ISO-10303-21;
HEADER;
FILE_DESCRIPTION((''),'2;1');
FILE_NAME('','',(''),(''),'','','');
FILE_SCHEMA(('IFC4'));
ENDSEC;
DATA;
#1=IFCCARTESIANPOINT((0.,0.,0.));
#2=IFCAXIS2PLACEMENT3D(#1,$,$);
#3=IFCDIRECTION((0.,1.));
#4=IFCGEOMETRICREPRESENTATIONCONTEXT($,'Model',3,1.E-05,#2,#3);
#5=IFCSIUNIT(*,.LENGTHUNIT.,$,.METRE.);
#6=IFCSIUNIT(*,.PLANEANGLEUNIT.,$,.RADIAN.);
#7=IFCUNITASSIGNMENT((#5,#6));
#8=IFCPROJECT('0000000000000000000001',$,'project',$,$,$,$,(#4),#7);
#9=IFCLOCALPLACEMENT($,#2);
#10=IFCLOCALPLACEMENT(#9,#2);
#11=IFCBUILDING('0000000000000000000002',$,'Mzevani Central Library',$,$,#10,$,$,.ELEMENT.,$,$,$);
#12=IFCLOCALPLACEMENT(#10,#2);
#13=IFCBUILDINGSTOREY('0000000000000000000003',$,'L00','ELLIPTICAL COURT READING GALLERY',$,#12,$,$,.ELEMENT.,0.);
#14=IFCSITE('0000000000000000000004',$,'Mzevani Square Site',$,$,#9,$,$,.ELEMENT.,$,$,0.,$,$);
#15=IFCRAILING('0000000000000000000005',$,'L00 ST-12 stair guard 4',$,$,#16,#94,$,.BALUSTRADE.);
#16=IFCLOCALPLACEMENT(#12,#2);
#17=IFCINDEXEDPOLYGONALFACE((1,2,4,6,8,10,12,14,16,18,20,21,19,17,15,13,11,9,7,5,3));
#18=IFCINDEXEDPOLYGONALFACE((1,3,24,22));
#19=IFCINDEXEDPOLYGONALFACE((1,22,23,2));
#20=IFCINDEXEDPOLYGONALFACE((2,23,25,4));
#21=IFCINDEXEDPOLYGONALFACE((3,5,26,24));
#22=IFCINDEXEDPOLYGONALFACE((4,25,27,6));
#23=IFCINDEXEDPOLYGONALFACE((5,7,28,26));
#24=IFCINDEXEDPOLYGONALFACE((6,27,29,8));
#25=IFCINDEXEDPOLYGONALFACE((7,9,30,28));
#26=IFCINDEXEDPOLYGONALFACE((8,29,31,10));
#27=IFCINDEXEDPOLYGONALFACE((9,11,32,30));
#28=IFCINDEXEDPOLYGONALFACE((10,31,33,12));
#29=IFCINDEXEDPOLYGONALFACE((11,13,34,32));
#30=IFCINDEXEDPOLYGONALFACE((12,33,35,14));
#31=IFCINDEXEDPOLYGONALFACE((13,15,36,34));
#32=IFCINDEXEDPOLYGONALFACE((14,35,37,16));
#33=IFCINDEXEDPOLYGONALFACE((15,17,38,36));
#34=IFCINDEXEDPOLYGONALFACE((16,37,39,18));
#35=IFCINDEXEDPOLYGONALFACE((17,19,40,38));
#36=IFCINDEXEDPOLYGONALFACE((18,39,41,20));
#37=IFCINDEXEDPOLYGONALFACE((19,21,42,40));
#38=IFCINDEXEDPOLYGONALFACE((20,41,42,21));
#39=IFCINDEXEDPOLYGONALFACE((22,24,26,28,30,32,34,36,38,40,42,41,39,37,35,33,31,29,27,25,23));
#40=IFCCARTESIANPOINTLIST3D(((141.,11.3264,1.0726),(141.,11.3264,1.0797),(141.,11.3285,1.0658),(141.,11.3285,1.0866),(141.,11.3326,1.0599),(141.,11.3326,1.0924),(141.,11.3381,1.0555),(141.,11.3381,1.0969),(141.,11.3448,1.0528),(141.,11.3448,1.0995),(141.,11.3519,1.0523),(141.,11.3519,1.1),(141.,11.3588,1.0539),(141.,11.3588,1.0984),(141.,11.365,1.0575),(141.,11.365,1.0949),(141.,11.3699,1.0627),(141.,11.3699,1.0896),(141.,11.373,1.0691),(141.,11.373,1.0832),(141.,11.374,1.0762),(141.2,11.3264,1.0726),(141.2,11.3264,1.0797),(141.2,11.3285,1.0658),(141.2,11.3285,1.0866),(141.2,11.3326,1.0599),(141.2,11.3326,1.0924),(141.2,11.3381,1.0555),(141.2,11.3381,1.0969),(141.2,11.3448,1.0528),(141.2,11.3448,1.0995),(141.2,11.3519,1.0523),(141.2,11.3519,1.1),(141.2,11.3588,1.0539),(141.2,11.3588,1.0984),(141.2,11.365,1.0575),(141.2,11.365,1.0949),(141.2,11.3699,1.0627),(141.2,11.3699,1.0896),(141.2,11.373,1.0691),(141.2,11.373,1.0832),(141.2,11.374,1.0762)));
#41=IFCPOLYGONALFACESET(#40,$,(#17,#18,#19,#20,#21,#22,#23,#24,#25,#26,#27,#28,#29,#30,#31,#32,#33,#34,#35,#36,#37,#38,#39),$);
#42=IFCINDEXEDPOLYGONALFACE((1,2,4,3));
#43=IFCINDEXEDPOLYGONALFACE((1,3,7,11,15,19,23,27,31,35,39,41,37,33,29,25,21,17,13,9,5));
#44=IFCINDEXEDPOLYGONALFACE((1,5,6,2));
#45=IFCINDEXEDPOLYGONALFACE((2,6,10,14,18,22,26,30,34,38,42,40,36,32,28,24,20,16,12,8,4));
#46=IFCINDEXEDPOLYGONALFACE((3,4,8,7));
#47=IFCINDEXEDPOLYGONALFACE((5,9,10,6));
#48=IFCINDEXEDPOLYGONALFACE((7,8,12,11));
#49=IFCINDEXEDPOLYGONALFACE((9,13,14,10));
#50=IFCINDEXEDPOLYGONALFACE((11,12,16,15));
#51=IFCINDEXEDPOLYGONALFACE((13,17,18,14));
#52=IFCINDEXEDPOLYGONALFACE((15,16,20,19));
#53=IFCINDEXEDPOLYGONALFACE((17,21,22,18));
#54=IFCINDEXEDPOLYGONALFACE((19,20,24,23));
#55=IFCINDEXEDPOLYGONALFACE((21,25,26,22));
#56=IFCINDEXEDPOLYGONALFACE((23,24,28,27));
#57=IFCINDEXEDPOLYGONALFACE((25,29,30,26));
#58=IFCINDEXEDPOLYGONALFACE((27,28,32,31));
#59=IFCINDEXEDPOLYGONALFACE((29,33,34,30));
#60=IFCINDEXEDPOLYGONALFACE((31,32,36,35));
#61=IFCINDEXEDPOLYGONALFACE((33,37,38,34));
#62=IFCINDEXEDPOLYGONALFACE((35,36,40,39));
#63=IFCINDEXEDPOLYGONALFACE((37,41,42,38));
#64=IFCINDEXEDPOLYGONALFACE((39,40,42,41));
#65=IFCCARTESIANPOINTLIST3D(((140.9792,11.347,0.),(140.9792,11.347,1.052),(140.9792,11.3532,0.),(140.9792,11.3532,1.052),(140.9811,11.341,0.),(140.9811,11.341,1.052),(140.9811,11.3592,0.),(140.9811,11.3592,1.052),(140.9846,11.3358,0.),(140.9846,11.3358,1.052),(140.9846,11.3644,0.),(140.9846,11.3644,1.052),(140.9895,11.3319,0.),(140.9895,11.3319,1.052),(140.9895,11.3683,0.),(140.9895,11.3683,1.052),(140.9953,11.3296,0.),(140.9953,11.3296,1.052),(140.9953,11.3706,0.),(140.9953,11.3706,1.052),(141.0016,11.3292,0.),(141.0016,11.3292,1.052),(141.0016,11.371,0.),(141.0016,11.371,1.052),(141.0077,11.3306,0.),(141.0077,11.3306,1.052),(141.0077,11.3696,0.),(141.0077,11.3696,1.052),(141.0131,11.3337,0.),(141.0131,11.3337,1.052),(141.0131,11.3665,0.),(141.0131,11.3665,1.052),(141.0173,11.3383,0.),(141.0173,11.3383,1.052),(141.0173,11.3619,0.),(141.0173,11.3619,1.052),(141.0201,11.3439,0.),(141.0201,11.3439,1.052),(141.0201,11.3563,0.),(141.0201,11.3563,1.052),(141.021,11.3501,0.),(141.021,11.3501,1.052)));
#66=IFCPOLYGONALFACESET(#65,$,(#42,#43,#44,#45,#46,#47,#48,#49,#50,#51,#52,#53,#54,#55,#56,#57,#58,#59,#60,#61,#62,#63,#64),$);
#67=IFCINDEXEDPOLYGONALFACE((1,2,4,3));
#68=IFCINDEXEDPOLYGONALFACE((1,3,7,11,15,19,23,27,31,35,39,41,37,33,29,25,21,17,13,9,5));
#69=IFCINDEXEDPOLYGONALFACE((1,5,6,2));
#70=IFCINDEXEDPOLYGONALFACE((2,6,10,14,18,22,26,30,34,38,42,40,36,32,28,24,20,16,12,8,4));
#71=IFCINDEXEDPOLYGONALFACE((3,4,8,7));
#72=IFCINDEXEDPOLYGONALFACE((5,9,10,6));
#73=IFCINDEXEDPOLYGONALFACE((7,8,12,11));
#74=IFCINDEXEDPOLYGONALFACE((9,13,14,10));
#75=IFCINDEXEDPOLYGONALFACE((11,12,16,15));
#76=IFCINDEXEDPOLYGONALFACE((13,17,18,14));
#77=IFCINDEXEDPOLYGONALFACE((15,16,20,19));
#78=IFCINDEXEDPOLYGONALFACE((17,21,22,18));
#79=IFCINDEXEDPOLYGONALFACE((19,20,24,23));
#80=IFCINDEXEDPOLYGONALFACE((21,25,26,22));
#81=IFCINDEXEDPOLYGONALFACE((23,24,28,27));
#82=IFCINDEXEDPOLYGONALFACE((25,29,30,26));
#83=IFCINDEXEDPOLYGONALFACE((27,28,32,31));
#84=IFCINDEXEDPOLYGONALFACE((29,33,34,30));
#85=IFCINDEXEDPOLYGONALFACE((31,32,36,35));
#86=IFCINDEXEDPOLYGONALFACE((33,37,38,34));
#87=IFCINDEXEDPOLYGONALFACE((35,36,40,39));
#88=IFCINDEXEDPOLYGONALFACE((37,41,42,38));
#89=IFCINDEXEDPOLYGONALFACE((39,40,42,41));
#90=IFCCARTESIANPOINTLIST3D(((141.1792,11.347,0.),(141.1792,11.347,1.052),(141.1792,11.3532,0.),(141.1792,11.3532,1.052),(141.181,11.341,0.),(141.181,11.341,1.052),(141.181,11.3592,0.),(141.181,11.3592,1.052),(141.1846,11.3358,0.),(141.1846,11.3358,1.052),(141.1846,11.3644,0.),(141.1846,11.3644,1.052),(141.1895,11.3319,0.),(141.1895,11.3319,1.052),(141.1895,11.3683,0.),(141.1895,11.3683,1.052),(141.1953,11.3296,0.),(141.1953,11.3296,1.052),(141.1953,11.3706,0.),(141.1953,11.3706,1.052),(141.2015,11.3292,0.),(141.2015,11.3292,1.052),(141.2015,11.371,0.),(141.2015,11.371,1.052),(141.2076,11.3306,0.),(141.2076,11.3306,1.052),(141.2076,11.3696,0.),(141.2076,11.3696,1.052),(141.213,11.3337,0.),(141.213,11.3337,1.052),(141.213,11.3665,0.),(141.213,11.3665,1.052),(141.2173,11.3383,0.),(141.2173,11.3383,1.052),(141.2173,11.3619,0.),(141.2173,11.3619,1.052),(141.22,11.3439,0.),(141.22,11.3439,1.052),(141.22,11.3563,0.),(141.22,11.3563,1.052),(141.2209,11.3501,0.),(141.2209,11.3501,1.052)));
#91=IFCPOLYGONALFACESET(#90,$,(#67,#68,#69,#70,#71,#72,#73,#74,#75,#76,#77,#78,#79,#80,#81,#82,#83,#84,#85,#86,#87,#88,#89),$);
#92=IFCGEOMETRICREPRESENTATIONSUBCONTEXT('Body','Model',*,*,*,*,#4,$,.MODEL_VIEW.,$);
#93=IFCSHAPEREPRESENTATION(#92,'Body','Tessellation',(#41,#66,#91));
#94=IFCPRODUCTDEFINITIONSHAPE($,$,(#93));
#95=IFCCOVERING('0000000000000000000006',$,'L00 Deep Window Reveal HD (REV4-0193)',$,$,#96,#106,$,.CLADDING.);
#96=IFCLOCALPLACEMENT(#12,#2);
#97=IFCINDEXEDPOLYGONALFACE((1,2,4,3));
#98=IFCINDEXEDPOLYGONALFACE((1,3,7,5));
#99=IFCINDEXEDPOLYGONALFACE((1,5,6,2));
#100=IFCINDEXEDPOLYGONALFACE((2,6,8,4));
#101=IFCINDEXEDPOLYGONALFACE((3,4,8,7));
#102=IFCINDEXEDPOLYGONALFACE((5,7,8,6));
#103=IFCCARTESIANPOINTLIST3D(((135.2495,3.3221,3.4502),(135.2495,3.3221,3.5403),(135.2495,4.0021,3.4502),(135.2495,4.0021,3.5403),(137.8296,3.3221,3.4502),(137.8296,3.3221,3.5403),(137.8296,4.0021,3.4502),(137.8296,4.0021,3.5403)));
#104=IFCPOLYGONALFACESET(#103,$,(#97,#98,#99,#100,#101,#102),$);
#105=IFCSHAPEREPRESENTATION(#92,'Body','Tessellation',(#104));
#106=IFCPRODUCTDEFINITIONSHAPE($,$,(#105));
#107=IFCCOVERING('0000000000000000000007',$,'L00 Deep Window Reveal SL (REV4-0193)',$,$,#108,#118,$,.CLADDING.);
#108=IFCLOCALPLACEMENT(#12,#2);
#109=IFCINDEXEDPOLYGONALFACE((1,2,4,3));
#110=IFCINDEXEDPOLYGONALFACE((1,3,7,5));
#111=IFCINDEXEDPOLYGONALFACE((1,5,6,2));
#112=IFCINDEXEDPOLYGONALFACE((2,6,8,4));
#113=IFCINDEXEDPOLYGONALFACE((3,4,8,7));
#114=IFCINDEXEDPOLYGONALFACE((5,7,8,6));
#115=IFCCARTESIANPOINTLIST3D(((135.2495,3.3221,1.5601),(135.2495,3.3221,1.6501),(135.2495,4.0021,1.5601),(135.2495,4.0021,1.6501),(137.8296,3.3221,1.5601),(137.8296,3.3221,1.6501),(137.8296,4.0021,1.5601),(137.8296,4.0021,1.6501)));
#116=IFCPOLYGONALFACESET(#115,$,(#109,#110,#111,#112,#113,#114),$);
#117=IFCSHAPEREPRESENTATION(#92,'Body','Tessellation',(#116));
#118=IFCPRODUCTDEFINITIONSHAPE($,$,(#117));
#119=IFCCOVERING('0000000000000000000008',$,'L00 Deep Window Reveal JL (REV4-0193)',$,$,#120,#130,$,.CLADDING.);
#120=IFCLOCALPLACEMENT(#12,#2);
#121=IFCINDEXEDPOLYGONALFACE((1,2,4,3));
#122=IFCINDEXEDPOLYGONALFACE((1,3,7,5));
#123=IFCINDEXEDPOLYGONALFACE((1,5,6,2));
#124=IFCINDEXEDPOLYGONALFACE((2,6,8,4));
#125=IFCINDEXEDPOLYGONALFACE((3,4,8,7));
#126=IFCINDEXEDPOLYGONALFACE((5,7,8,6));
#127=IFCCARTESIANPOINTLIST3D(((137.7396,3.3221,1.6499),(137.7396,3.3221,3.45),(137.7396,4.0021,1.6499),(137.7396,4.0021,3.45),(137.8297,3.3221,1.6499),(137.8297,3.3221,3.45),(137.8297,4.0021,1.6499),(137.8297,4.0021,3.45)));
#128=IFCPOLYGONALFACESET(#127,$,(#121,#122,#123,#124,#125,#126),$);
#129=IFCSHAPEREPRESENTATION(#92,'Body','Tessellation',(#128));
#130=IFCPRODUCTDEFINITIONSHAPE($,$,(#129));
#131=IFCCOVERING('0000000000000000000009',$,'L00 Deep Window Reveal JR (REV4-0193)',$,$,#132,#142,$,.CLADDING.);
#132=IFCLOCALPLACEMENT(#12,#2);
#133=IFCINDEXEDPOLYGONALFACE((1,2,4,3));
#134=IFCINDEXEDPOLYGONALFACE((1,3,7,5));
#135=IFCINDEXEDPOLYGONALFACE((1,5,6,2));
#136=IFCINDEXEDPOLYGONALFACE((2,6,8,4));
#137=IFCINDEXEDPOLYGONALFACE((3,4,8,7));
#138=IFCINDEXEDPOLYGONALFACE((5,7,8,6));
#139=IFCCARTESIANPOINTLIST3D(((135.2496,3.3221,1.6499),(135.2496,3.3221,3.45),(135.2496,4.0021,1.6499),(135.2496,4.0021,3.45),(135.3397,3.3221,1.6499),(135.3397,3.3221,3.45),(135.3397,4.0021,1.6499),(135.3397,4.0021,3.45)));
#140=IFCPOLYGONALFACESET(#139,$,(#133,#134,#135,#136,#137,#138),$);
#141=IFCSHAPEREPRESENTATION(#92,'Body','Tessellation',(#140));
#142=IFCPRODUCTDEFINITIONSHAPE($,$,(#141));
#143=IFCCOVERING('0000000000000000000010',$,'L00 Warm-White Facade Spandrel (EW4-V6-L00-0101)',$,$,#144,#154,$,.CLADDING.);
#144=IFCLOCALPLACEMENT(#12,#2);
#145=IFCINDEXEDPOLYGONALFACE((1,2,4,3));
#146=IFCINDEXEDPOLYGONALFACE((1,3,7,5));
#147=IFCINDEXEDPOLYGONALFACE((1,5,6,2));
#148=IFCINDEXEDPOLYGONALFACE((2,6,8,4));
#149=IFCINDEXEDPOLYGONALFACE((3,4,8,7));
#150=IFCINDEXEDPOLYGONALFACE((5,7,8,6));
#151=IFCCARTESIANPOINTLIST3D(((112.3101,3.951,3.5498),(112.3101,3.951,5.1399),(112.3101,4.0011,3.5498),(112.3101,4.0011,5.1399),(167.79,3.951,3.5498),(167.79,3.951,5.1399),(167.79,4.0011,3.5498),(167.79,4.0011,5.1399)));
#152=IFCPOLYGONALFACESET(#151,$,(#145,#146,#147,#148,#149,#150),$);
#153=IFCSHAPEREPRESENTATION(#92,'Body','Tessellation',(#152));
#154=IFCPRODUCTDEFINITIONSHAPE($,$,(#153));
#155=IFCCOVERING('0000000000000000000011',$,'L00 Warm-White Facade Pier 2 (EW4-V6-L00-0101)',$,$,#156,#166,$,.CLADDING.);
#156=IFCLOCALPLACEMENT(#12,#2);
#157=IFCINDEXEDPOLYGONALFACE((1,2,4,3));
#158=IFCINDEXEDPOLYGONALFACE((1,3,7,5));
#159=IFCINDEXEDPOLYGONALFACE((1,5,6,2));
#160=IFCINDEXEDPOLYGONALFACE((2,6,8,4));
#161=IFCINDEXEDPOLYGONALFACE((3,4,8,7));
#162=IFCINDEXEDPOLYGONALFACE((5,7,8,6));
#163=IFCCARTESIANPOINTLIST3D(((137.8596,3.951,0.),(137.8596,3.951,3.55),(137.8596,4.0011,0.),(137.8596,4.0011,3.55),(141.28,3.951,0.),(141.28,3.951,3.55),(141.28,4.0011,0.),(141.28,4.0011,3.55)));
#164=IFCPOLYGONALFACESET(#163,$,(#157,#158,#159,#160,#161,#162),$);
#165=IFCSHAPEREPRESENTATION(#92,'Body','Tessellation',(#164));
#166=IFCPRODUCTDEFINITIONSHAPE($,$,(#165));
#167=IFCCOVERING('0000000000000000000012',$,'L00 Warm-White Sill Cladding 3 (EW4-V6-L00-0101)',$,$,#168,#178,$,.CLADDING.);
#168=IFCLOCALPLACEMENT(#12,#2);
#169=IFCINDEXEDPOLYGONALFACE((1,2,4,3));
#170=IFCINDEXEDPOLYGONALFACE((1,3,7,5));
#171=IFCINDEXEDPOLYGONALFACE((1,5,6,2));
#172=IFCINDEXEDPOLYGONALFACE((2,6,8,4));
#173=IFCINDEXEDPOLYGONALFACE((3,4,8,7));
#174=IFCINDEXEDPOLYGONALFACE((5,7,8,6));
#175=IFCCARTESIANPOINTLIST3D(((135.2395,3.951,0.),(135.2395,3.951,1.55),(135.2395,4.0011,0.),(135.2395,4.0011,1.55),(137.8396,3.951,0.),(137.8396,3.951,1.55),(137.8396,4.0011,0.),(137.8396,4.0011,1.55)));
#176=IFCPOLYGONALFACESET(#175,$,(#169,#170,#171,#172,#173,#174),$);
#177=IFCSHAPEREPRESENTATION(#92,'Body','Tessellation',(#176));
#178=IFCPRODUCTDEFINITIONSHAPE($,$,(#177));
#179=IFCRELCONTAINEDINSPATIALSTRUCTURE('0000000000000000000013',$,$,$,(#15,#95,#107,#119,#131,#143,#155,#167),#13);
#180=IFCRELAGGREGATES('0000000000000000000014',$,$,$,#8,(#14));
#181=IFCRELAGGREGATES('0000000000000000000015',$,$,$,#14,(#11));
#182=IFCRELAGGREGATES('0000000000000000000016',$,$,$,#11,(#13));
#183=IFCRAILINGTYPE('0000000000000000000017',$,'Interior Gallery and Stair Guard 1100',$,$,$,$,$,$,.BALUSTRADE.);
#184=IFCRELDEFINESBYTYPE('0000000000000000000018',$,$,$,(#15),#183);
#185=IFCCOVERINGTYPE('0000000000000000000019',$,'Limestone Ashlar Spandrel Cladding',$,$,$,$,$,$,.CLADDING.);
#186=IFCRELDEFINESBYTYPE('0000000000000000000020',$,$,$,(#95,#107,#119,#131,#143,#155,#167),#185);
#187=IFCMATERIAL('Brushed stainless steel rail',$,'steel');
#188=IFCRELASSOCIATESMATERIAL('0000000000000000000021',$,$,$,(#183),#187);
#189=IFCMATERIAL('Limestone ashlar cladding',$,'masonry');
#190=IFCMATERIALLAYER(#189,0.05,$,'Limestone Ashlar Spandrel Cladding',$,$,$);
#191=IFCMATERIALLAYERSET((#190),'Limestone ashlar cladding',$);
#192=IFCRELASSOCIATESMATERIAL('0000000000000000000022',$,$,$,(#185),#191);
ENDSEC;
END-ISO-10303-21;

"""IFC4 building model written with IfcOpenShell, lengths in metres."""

from ifc_helpers import new_model, si_unit, direction, frame, origin, origin_2d, place, context, subcontext, project, spatial, rectangle, circle, extrude, material, layer, layer_set, type_object, element, save


model = new_model("IFC4")

# Units and contexts
model_context = context("Model", 3, precision=1e-05, world=origin(), true_north=direction((0.0, 1.0)))
body_context = subcontext(model_context, "Body", "Model", "MODEL_VIEW")
ifc_project = project(units=[si_unit("LENGTHUNIT", "METRE"), si_unit("PLANEANGLEUNIT", "RADIAN")], contexts=[model_context])

# Site, building, storey
site_placement = place(None, origin())
site = spatial("IfcSite", under=ifc_project, at=site_placement, Name="Mzevani Square Site", CompositionType="ELEMENT", RefElevation=0.0)
building_placement = place(site_placement, origin())
building = spatial("IfcBuilding", under=site, at=building_placement, Name="Mzevani Central Library", CompositionType="ELEMENT")
storey_placement = place(building_placement, origin())
storey = spatial("IfcBuildingStorey", under=building, at=storey_placement, Name="L00", Description="ELLIPTICAL COURT READING GALLERY", CompositionType="ELEMENT", Elevation=0.0)

# Railing
ifc_material_1 = material(Name="Brushed stainless steel rail", Category="steel")
railing_type_1 = type_object("IfcRailingType", Name="Interior Gallery and Stair Guard 1100", PredefinedType="BALUSTRADE", material=ifc_material_1)
railing_1_placement = place(storey_placement, frame((141.0, 11.3501, 0.0)))
element("IfcRailing", 1, at=railing_1_placement, inside=storey, type_object=railing_type_1, Name="L00 ST-12 stair guard 4", PredefinedType="BALUSTRADE", context=body_context, shape_type="SweptSolid", body=[
    extrude(circle(Radius=0.0239, at=origin_2d()), frame((0.0, 0.0, 1.0762), z_axis=(1.0, 0.0, 0.0), x_axis=(0.0, 1.0, 0.0)), (0.0, 0.0, 1.0), 0.2),
    extrude(circle(Radius=0.021, at=origin_2d()), origin(), (0.0, 0.0, 1.0), 1.052),
    extrude(circle(Radius=0.021, at=origin_2d()), frame((0.2, 0.0, 0.0)), (0.0, 0.0, 1.0), 1.052),
])

# Coverings
ifc_material_2 = material(Name="Limestone ashlar cladding", Category="masonry")
ifc_layer_1 = layer(ifc_material_2, 0.05, Name="Limestone Ashlar Spandrel Cladding")
ifc_layer_set_1 = layer_set([ifc_layer_1], Name="Limestone ashlar cladding")
covering_type_1 = type_object("IfcCoveringType", Name="Limestone Ashlar Spandrel Cladding", PredefinedType="CLADDING", material=ifc_layer_set_1)
for number, where, z_axis, x_axis, name in (
    (2, (136.5396, 3.6621, 3.4502), (0.0, 0.0, 1.0), (-1.0, 0.0, 0.0), "L00 Deep Window Reveal HD (REV4-0193)"),
    (3, (136.5396, 3.6621, 1.5601), (0.0, 0.0, 1.0), (-1.0, 0.0, 0.0), "L00 Deep Window Reveal SL (REV4-0193)"),
):
    element("IfcCovering", number, at=place(storey_placement, frame(where, z_axis=z_axis, x_axis=x_axis)), inside=storey, type_object=covering_type_1, Name=name, PredefinedType="CLADDING", context=body_context, shape_type="SweptSolid", body=[
        extrude(rectangle(XDim=2.5801, YDim=0.6799, at=origin_2d()), origin(), (0.0, 0.0, 1.0), 0.0901),
    ])
for number, where, z_axis, x_axis, name in (
    (4, (137.7847, 3.6621, 1.6499), (0.0, 0.0, 1.0), (-1.0, 0.0, 0.0), "L00 Deep Window Reveal JL (REV4-0193)"),
    (5, (135.2947, 3.6621, 1.6499), (0.0, 0.0, 1.0), (-1.0, 0.0, 0.0), "L00 Deep Window Reveal JR (REV4-0193)"),
):
    element("IfcCovering", number, at=place(storey_placement, frame(where, z_axis=z_axis, x_axis=x_axis)), inside=storey, type_object=covering_type_1, Name=name, PredefinedType="CLADDING", context=body_context, shape_type="SweptSolid", body=[
        extrude(rectangle(XDim=0.0901, YDim=0.6799, at=origin_2d()), origin(), (0.0, 0.0, 1.0), 1.8),
    ])
covering_1_placement = place(storey_placement, frame((140.05, 3.9761, 3.5498), z_axis=(0.0, 0.0, 1.0), x_axis=(-1.0, 0.0, 0.0)))
element("IfcCovering", 6, at=covering_1_placement, inside=storey, type_object=covering_type_1, Name="L00 Warm-White Facade Spandrel (EW4-V6-L00-0101)", PredefinedType="CLADDING", context=body_context, shape_type="SweptSolid", body=[
    extrude(rectangle(XDim=55.48, YDim=0.05, at=origin_2d()), origin(), (0.0, 0.0, 1.0), 1.5901),
])
covering_2_placement = place(storey_placement, frame((139.5698, 3.9761, 0.0), z_axis=(0.0, 0.0, 1.0), x_axis=(-1.0, 0.0, 0.0)))
element("IfcCovering", 7, at=covering_2_placement, inside=storey, type_object=covering_type_1, Name="L00 Warm-White Facade Pier 2 (EW4-V6-L00-0101)", PredefinedType="CLADDING", context=body_context, shape_type="SweptSolid", body=[
    extrude(rectangle(XDim=3.4204, YDim=0.05, at=origin_2d()), origin(), (0.0, 0.0, 1.0), 3.55),
])
covering_3_placement = place(storey_placement, frame((136.5396, 3.9761, 0.0), z_axis=(0.0, 0.0, 1.0), x_axis=(-1.0, 0.0, 0.0)))
element("IfcCovering", 8, at=covering_3_placement, inside=storey, type_object=covering_type_1, Name="L00 Warm-White Sill Cladding 3 (EW4-V6-L00-0101)", PredefinedType="CLADDING", context=body_context, shape_type="SweptSolid", body=[
    extrude(rectangle(XDim=2.6001, YDim=0.05, at=origin_2d()), origin(), (0.0, 0.0, 1.0), 1.55),
])

save(model, "model.ifc")
